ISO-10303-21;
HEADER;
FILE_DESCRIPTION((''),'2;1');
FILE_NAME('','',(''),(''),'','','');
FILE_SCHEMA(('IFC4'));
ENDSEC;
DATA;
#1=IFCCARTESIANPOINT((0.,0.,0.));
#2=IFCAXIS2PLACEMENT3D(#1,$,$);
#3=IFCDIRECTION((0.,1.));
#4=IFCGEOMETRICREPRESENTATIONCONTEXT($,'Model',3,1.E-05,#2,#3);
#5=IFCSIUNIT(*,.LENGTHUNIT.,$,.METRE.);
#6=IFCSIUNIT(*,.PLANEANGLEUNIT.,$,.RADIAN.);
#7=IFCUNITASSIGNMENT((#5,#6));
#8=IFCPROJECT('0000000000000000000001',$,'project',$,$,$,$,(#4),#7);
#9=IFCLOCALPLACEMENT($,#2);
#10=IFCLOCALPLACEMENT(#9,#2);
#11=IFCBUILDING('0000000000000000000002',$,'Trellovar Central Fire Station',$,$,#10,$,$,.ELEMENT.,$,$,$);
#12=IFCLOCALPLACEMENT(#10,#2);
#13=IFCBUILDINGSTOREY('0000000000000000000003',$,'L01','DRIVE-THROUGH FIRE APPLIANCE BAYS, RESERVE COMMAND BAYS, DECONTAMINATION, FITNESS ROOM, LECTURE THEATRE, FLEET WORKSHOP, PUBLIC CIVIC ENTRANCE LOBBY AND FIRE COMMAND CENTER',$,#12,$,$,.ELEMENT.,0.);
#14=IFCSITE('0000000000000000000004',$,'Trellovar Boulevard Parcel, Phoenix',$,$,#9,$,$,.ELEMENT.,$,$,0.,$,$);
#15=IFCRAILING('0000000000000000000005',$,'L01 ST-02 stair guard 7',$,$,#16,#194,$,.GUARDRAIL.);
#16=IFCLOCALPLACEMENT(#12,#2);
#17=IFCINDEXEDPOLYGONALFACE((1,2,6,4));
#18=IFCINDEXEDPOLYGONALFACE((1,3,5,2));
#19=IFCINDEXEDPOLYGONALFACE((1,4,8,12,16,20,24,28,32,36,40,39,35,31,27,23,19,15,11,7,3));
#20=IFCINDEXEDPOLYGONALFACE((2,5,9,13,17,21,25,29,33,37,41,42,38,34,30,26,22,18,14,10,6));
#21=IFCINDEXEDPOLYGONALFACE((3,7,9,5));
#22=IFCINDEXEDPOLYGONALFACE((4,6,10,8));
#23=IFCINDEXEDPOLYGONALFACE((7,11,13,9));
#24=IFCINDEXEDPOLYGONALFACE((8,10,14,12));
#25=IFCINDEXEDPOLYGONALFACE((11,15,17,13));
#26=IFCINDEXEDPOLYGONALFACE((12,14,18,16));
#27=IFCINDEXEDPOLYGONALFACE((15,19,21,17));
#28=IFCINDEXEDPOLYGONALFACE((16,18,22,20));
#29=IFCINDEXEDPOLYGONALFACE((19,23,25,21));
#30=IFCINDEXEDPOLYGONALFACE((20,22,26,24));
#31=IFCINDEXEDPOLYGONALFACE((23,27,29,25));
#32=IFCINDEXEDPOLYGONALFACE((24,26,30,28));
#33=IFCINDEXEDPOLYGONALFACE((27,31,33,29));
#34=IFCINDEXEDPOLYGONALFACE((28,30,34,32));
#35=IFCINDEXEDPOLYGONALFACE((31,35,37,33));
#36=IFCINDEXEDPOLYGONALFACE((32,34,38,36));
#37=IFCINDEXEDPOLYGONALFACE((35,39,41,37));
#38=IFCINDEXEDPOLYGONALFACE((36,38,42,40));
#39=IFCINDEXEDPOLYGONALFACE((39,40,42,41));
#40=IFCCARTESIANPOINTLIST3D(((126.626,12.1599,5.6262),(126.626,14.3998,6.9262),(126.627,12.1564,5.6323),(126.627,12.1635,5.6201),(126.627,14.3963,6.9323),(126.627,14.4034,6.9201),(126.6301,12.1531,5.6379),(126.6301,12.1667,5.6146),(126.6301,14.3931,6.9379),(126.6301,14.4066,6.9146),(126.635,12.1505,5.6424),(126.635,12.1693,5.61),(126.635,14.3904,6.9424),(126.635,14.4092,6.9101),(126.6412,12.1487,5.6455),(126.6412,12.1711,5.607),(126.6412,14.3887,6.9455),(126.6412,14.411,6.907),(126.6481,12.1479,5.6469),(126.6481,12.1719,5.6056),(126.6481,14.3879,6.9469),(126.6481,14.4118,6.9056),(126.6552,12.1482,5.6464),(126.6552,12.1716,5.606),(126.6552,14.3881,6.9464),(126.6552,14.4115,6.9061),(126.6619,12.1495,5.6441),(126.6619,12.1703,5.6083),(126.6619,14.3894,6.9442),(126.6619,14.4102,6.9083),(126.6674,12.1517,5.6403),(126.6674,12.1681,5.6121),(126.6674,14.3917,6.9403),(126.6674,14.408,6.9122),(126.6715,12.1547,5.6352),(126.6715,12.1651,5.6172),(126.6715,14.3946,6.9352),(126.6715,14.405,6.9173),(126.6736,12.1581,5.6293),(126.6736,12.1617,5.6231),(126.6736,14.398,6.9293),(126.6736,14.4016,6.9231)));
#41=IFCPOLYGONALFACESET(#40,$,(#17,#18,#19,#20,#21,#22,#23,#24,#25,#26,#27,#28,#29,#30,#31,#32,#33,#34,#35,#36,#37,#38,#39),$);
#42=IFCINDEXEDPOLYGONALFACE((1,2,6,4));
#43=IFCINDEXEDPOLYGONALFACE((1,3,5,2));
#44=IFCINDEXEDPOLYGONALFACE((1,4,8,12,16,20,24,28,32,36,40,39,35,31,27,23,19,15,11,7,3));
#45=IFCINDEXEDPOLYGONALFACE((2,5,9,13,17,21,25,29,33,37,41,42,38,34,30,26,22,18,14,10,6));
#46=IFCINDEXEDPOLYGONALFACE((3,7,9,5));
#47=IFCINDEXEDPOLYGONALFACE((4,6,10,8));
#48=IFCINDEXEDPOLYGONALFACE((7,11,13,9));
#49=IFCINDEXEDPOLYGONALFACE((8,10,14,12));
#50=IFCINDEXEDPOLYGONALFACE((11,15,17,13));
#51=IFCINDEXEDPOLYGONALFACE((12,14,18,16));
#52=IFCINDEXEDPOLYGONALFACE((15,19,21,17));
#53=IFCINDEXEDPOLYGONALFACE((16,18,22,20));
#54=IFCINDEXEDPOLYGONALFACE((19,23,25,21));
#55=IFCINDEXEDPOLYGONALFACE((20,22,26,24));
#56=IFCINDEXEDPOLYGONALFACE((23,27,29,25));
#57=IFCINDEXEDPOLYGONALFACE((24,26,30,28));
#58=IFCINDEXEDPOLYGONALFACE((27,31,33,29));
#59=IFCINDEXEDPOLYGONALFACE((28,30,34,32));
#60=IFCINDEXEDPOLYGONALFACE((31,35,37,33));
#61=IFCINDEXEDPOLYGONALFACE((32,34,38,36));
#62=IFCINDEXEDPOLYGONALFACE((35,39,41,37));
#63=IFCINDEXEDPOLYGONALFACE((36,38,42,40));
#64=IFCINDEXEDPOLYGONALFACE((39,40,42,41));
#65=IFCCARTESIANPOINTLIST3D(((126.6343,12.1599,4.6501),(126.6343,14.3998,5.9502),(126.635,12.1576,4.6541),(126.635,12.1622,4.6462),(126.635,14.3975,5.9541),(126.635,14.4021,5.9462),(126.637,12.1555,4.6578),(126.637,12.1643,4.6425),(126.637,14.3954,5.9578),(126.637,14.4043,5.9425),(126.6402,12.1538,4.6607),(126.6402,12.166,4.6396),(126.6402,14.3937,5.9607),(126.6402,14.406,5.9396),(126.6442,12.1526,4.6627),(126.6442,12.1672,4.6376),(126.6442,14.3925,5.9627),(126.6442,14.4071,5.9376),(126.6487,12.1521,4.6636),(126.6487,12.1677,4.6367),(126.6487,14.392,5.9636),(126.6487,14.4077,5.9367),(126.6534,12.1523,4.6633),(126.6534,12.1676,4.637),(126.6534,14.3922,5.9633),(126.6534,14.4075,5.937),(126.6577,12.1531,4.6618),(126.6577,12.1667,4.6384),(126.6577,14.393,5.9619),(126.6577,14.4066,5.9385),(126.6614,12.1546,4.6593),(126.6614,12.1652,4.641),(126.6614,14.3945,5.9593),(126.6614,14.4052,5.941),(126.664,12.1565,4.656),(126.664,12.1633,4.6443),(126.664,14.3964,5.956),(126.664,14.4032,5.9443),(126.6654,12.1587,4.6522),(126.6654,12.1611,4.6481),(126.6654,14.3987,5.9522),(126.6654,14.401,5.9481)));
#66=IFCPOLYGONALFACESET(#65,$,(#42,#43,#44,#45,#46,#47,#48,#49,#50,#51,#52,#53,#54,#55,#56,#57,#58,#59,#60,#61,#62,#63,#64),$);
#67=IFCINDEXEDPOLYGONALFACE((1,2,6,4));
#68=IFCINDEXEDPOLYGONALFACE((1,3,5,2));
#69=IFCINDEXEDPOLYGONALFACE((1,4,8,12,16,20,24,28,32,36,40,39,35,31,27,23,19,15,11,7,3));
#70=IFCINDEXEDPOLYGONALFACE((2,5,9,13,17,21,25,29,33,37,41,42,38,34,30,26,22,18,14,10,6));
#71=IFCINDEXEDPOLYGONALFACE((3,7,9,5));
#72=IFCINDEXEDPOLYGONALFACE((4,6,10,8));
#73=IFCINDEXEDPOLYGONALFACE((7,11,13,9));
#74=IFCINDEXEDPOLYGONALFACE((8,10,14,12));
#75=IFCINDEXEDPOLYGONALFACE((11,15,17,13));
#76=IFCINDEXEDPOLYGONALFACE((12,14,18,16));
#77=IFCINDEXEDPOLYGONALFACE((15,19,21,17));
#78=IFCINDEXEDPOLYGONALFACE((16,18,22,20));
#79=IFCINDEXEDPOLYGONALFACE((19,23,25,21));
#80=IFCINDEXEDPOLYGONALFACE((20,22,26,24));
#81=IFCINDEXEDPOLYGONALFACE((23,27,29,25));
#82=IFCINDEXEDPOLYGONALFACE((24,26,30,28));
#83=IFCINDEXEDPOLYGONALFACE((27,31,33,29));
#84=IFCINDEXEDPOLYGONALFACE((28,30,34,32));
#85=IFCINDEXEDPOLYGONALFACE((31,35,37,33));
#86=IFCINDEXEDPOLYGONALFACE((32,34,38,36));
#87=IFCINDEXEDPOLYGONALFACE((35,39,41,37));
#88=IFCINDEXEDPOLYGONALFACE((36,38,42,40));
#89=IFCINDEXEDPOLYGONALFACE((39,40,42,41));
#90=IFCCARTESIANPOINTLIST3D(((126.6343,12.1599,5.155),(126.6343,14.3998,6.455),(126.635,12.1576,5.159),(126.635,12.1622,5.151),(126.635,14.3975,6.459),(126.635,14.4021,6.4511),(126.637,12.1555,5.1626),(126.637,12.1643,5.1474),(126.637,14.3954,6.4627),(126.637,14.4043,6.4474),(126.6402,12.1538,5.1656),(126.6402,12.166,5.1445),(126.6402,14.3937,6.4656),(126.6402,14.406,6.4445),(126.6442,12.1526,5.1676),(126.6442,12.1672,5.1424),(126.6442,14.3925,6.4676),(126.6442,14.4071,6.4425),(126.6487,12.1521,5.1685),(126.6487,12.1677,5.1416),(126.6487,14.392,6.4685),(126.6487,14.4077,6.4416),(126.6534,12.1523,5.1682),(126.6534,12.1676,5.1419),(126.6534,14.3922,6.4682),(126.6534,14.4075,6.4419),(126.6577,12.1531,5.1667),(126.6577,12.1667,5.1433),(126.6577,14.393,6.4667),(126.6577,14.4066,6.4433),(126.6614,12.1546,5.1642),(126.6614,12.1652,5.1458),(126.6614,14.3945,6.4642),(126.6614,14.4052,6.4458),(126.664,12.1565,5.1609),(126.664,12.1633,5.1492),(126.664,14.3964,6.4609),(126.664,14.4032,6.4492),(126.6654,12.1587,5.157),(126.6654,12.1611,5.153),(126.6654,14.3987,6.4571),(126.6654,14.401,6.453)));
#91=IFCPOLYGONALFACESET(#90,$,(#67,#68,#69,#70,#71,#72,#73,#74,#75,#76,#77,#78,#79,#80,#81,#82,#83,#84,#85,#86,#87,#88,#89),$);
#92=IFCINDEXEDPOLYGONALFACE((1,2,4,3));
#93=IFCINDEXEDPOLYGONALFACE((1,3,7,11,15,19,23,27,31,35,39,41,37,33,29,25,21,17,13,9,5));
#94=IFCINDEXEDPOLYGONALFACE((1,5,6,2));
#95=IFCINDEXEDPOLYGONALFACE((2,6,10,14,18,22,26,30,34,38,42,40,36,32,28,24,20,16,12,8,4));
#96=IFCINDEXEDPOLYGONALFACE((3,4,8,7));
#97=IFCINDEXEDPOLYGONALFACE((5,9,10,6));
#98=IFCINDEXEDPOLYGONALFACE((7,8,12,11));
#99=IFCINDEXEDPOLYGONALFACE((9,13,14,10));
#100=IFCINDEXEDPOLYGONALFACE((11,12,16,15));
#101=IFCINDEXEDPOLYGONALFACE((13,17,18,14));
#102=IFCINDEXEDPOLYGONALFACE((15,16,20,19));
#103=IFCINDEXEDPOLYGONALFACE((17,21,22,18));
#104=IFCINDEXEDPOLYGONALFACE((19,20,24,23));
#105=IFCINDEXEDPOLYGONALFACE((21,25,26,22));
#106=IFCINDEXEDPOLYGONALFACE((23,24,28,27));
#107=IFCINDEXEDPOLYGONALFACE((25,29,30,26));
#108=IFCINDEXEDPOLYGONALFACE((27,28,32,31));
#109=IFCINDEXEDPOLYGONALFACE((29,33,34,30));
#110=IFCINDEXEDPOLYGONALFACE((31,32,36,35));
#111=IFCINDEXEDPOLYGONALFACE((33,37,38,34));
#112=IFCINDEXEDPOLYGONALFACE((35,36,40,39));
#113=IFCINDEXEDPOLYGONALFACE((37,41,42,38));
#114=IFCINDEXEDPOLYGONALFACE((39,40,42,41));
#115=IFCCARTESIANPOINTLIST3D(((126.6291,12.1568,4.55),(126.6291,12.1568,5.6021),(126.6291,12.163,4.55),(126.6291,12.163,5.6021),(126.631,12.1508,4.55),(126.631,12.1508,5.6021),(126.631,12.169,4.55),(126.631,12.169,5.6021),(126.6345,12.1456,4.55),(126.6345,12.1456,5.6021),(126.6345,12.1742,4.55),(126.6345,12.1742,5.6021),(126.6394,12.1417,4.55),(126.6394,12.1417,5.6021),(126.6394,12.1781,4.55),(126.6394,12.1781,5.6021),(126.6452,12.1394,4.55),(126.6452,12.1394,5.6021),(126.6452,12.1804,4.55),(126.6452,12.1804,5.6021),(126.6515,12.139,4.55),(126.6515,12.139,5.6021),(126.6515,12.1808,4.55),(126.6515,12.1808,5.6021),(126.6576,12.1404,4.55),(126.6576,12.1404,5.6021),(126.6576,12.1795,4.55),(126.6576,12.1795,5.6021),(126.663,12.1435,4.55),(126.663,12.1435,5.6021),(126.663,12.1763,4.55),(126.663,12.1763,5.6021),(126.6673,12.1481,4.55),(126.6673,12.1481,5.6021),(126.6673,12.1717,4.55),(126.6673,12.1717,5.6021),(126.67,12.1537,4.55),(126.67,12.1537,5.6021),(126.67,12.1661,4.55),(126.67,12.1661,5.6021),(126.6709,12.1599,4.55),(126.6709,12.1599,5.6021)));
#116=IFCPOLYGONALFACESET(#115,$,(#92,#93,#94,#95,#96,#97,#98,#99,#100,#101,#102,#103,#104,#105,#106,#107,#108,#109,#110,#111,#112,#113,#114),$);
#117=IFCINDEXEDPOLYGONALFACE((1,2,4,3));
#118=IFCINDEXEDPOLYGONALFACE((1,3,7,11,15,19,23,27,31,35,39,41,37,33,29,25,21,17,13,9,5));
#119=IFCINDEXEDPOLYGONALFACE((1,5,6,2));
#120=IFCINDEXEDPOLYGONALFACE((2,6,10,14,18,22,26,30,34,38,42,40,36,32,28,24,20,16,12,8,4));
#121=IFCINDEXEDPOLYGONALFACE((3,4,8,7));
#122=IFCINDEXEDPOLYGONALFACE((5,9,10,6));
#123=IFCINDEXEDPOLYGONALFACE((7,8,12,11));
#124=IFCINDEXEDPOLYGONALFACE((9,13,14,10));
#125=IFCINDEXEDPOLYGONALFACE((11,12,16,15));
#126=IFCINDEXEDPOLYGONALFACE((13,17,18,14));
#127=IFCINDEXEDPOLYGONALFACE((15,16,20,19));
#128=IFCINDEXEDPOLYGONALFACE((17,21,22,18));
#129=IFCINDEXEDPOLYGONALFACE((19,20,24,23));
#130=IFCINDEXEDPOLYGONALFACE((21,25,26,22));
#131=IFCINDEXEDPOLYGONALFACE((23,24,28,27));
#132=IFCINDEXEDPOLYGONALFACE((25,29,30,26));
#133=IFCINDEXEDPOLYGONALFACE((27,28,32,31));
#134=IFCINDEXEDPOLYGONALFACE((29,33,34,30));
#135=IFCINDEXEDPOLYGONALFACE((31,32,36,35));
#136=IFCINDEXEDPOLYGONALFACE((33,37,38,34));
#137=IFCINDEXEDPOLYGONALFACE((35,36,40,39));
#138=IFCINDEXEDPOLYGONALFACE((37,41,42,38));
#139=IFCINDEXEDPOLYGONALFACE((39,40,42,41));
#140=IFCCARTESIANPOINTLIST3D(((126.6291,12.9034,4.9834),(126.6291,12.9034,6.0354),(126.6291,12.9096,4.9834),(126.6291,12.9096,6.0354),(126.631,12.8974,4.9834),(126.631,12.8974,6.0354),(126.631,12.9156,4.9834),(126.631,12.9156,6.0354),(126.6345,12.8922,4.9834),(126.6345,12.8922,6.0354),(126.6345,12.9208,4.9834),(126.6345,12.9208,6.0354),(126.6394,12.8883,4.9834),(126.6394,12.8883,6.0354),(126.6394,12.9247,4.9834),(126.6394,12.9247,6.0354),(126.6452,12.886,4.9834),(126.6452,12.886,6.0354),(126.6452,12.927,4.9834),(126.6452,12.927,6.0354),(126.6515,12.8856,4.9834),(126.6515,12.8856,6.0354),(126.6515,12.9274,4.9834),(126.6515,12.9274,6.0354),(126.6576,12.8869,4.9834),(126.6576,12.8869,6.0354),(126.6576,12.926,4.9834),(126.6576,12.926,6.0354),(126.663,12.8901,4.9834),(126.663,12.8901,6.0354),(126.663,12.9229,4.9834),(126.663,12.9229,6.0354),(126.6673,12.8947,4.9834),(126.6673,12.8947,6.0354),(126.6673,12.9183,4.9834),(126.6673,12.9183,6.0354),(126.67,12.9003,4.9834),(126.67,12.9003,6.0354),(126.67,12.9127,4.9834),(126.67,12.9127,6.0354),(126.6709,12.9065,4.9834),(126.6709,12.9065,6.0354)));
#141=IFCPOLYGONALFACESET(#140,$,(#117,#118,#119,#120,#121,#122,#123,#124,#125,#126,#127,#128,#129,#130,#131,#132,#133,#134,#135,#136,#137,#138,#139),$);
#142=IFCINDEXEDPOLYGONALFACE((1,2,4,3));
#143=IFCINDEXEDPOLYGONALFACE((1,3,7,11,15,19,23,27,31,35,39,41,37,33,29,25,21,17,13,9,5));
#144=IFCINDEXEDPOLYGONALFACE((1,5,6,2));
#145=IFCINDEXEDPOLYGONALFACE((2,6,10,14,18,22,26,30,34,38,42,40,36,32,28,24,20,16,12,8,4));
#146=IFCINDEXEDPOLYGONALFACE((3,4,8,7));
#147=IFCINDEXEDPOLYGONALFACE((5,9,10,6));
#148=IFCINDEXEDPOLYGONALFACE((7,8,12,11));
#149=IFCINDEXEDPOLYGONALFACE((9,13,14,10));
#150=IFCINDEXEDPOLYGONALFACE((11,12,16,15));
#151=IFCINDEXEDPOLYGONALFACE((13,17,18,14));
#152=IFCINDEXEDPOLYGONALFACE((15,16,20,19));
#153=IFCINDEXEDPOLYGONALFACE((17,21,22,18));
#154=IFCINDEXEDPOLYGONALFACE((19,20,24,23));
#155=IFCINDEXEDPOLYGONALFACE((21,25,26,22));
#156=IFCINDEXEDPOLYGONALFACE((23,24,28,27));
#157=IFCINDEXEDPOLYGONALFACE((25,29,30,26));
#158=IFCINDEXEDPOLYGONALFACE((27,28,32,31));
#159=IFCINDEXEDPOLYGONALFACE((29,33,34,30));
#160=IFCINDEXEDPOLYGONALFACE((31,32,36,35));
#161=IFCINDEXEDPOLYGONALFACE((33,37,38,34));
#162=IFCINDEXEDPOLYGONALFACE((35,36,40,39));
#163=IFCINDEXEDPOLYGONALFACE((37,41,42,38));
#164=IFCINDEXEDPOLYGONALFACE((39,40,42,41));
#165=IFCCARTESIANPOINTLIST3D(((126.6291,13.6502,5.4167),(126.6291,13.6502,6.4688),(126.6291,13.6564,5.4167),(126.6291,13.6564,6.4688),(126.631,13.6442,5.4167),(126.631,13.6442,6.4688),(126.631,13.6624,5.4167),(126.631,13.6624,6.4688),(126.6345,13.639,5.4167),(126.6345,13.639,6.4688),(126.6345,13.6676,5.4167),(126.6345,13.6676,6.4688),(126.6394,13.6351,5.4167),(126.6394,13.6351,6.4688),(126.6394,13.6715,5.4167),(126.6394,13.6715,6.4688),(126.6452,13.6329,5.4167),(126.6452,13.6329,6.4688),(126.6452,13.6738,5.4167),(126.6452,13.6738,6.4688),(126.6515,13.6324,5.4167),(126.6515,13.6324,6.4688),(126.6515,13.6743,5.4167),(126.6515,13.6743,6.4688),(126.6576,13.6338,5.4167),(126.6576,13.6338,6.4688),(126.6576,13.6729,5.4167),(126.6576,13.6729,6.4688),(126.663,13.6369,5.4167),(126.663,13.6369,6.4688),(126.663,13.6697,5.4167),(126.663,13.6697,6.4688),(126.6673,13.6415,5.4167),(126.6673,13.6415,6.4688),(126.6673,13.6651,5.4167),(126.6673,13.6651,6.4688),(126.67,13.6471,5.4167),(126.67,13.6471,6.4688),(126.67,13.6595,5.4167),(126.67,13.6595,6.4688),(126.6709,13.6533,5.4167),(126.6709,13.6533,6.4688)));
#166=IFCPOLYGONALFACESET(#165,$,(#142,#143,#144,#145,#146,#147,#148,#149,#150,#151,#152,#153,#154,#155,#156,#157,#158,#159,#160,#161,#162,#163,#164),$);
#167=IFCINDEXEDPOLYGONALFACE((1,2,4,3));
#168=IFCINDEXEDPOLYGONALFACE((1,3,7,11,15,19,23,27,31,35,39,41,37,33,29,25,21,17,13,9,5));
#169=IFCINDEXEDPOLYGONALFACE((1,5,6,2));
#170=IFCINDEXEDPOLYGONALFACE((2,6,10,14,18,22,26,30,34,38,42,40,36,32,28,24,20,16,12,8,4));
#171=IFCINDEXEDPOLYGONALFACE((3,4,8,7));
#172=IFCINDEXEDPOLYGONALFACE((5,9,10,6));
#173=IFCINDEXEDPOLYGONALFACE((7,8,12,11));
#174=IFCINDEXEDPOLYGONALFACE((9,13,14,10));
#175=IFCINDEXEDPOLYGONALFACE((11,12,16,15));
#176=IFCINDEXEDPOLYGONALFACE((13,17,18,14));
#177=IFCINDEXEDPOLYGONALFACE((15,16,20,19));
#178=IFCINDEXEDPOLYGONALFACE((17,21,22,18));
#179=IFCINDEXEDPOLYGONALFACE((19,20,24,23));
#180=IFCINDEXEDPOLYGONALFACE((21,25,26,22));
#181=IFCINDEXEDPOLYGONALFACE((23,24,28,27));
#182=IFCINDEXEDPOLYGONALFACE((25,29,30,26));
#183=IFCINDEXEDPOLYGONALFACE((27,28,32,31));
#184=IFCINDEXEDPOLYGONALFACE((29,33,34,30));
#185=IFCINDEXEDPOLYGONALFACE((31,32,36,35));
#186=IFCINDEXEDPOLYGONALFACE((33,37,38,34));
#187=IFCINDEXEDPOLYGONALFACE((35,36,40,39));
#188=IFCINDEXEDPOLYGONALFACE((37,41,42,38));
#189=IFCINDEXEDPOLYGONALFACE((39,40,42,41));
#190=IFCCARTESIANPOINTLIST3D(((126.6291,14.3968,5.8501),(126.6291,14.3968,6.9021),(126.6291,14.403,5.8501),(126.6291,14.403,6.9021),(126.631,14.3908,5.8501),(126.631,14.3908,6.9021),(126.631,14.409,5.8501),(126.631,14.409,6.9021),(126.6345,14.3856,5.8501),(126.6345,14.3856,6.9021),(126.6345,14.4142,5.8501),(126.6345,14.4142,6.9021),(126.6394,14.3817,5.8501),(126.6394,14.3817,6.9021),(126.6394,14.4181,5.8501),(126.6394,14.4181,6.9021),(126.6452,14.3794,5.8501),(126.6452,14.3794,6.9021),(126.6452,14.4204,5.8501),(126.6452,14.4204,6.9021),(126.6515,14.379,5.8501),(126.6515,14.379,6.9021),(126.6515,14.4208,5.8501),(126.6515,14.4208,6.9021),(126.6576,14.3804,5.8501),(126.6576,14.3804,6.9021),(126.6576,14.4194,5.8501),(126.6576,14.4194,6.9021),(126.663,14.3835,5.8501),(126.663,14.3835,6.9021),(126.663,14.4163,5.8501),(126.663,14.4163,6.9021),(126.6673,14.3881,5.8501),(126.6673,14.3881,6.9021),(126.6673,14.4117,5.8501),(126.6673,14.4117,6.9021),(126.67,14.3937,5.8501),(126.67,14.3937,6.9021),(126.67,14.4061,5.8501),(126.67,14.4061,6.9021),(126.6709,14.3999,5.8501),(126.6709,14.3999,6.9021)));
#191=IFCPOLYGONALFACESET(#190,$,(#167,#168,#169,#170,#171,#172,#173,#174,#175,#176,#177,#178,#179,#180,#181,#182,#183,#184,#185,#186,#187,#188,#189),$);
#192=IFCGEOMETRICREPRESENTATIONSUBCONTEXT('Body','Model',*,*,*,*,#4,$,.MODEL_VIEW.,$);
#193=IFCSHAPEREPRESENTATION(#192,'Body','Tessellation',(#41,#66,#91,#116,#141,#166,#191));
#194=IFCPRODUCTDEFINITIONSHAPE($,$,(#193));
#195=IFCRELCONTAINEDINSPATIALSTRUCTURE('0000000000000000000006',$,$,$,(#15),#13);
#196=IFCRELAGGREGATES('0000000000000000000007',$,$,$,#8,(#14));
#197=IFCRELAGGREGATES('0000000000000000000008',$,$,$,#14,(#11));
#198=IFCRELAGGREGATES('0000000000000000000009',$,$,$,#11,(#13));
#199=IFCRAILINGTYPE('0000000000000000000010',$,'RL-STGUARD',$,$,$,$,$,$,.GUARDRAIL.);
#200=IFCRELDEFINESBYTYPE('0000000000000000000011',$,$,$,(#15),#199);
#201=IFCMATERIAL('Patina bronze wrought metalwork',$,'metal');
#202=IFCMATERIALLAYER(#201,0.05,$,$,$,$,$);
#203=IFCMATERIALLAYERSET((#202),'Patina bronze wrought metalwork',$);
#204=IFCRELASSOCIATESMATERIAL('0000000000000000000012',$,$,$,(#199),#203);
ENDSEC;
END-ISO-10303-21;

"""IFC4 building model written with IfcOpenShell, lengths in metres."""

from ifc_helpers import new_model, si_unit, direction, frame, origin, origin_2d, place, context, subcontext, project, spatial, circle, extrude, material, layer, layer_set, type_object, element, save


model = new_model("IFC4")

# Units and contexts
model_context = context("Model", 3, precision=1e-05, world=origin(), true_north=direction((0.0, 1.0)))
body_context = subcontext(model_context, "Body", "Model", "MODEL_VIEW")
ifc_project = project(units=[si_unit("LENGTHUNIT", "METRE"), si_unit("PLANEANGLEUNIT", "RADIAN")], contexts=[model_context])

# Site, building, storey
site_placement = place(None, origin())
site = spatial("IfcSite", under=ifc_project, at=site_placement, Name="Trellovar Boulevard Parcel, Phoenix", CompositionType="ELEMENT", RefElevation=0.0)
building_placement = place(site_placement, origin())
building = spatial("IfcBuilding", under=site, at=building_placement, Name="Trellovar Central Fire Station", CompositionType="ELEMENT")
storey_placement = place(building_placement, origin())
storey = spatial("IfcBuildingStorey", under=building, at=storey_placement, Name="L01", Description="DRIVE-THROUGH FIRE APPLIANCE BAYS, RESERVE COMMAND BAYS, DECONTAMINATION, FITNESS ROOM, LECTURE THEATRE, FLEET WORKSHOP, PUBLIC CIVIC ENTRANCE LOBBY AND FIRE COMMAND CENTER", CompositionType="ELEMENT", Elevation=0.0)

# Railing
ifc_material_1 = material(Name="Patina bronze wrought metalwork", Category="metal")
ifc_layer_1 = layer(ifc_material_1, 0.05)
ifc_layer_set_1 = layer_set([ifc_layer_1], Name="Patina bronze wrought metalwork")
railing_type_1 = type_object("IfcRailingType", Name="RL-STGUARD", PredefinedType="GUARDRAIL", material=ifc_layer_set_1)
railing_1_placement = place(storey_placement, frame((126.6499, 12.1599, 4.55)))
element("IfcRailing", 1, at=railing_1_placement, inside=storey, type_object=railing_type_1, Name="L01 ST-02 stair guard 7", PredefinedType="GUARDRAIL", context=body_context, shape_type="SweptSolid", body=[
    extrude(circle(Radius=0.0239, at=origin_2d()), frame((0.0, 0.0, 1.0762), z_axis=(0.0, 0.864888, 0.501965), x_axis=(-1.0, 0.0, 0.0)), (0.0, 0.0, 1.0), 2.5898),
    extrude(circle(Radius=0.0156, at=origin_2d()), frame((0.0, 0.0, 0.1001), z_axis=(0.0, 0.864888, 0.501965), x_axis=(-1.0, 0.0, 0.0)), (0.0, 0.0, 1.0), 2.5898),
    extrude(circle(Radius=0.0156, at=origin_2d()), frame((0.0, 0.0, 0.605), z_axis=(0.0, 0.864888, 0.501965), x_axis=(-1.0, 0.0, 0.0)), (0.0, 0.0, 1.0), 2.5898),
    extrude(circle(Radius=0.021, at=origin_2d()), origin(), (0.0, 0.0, 1.0), 1.052),
    extrude(circle(Radius=0.021, at=origin_2d()), frame((0.0, 0.7466, 0.4333)), (0.0, 0.0, 1.0), 1.052),
    extrude(circle(Radius=0.021, at=origin_2d()), frame((0.0, 1.4934, 0.8667)), (0.0, 0.0, 1.0), 1.052),
    extrude(circle(Radius=0.021, at=origin_2d()), frame((0.0, 2.24, 1.3)), (0.0, 0.0, 1.0), 1.052),
])

save(model, "model.ifc")
